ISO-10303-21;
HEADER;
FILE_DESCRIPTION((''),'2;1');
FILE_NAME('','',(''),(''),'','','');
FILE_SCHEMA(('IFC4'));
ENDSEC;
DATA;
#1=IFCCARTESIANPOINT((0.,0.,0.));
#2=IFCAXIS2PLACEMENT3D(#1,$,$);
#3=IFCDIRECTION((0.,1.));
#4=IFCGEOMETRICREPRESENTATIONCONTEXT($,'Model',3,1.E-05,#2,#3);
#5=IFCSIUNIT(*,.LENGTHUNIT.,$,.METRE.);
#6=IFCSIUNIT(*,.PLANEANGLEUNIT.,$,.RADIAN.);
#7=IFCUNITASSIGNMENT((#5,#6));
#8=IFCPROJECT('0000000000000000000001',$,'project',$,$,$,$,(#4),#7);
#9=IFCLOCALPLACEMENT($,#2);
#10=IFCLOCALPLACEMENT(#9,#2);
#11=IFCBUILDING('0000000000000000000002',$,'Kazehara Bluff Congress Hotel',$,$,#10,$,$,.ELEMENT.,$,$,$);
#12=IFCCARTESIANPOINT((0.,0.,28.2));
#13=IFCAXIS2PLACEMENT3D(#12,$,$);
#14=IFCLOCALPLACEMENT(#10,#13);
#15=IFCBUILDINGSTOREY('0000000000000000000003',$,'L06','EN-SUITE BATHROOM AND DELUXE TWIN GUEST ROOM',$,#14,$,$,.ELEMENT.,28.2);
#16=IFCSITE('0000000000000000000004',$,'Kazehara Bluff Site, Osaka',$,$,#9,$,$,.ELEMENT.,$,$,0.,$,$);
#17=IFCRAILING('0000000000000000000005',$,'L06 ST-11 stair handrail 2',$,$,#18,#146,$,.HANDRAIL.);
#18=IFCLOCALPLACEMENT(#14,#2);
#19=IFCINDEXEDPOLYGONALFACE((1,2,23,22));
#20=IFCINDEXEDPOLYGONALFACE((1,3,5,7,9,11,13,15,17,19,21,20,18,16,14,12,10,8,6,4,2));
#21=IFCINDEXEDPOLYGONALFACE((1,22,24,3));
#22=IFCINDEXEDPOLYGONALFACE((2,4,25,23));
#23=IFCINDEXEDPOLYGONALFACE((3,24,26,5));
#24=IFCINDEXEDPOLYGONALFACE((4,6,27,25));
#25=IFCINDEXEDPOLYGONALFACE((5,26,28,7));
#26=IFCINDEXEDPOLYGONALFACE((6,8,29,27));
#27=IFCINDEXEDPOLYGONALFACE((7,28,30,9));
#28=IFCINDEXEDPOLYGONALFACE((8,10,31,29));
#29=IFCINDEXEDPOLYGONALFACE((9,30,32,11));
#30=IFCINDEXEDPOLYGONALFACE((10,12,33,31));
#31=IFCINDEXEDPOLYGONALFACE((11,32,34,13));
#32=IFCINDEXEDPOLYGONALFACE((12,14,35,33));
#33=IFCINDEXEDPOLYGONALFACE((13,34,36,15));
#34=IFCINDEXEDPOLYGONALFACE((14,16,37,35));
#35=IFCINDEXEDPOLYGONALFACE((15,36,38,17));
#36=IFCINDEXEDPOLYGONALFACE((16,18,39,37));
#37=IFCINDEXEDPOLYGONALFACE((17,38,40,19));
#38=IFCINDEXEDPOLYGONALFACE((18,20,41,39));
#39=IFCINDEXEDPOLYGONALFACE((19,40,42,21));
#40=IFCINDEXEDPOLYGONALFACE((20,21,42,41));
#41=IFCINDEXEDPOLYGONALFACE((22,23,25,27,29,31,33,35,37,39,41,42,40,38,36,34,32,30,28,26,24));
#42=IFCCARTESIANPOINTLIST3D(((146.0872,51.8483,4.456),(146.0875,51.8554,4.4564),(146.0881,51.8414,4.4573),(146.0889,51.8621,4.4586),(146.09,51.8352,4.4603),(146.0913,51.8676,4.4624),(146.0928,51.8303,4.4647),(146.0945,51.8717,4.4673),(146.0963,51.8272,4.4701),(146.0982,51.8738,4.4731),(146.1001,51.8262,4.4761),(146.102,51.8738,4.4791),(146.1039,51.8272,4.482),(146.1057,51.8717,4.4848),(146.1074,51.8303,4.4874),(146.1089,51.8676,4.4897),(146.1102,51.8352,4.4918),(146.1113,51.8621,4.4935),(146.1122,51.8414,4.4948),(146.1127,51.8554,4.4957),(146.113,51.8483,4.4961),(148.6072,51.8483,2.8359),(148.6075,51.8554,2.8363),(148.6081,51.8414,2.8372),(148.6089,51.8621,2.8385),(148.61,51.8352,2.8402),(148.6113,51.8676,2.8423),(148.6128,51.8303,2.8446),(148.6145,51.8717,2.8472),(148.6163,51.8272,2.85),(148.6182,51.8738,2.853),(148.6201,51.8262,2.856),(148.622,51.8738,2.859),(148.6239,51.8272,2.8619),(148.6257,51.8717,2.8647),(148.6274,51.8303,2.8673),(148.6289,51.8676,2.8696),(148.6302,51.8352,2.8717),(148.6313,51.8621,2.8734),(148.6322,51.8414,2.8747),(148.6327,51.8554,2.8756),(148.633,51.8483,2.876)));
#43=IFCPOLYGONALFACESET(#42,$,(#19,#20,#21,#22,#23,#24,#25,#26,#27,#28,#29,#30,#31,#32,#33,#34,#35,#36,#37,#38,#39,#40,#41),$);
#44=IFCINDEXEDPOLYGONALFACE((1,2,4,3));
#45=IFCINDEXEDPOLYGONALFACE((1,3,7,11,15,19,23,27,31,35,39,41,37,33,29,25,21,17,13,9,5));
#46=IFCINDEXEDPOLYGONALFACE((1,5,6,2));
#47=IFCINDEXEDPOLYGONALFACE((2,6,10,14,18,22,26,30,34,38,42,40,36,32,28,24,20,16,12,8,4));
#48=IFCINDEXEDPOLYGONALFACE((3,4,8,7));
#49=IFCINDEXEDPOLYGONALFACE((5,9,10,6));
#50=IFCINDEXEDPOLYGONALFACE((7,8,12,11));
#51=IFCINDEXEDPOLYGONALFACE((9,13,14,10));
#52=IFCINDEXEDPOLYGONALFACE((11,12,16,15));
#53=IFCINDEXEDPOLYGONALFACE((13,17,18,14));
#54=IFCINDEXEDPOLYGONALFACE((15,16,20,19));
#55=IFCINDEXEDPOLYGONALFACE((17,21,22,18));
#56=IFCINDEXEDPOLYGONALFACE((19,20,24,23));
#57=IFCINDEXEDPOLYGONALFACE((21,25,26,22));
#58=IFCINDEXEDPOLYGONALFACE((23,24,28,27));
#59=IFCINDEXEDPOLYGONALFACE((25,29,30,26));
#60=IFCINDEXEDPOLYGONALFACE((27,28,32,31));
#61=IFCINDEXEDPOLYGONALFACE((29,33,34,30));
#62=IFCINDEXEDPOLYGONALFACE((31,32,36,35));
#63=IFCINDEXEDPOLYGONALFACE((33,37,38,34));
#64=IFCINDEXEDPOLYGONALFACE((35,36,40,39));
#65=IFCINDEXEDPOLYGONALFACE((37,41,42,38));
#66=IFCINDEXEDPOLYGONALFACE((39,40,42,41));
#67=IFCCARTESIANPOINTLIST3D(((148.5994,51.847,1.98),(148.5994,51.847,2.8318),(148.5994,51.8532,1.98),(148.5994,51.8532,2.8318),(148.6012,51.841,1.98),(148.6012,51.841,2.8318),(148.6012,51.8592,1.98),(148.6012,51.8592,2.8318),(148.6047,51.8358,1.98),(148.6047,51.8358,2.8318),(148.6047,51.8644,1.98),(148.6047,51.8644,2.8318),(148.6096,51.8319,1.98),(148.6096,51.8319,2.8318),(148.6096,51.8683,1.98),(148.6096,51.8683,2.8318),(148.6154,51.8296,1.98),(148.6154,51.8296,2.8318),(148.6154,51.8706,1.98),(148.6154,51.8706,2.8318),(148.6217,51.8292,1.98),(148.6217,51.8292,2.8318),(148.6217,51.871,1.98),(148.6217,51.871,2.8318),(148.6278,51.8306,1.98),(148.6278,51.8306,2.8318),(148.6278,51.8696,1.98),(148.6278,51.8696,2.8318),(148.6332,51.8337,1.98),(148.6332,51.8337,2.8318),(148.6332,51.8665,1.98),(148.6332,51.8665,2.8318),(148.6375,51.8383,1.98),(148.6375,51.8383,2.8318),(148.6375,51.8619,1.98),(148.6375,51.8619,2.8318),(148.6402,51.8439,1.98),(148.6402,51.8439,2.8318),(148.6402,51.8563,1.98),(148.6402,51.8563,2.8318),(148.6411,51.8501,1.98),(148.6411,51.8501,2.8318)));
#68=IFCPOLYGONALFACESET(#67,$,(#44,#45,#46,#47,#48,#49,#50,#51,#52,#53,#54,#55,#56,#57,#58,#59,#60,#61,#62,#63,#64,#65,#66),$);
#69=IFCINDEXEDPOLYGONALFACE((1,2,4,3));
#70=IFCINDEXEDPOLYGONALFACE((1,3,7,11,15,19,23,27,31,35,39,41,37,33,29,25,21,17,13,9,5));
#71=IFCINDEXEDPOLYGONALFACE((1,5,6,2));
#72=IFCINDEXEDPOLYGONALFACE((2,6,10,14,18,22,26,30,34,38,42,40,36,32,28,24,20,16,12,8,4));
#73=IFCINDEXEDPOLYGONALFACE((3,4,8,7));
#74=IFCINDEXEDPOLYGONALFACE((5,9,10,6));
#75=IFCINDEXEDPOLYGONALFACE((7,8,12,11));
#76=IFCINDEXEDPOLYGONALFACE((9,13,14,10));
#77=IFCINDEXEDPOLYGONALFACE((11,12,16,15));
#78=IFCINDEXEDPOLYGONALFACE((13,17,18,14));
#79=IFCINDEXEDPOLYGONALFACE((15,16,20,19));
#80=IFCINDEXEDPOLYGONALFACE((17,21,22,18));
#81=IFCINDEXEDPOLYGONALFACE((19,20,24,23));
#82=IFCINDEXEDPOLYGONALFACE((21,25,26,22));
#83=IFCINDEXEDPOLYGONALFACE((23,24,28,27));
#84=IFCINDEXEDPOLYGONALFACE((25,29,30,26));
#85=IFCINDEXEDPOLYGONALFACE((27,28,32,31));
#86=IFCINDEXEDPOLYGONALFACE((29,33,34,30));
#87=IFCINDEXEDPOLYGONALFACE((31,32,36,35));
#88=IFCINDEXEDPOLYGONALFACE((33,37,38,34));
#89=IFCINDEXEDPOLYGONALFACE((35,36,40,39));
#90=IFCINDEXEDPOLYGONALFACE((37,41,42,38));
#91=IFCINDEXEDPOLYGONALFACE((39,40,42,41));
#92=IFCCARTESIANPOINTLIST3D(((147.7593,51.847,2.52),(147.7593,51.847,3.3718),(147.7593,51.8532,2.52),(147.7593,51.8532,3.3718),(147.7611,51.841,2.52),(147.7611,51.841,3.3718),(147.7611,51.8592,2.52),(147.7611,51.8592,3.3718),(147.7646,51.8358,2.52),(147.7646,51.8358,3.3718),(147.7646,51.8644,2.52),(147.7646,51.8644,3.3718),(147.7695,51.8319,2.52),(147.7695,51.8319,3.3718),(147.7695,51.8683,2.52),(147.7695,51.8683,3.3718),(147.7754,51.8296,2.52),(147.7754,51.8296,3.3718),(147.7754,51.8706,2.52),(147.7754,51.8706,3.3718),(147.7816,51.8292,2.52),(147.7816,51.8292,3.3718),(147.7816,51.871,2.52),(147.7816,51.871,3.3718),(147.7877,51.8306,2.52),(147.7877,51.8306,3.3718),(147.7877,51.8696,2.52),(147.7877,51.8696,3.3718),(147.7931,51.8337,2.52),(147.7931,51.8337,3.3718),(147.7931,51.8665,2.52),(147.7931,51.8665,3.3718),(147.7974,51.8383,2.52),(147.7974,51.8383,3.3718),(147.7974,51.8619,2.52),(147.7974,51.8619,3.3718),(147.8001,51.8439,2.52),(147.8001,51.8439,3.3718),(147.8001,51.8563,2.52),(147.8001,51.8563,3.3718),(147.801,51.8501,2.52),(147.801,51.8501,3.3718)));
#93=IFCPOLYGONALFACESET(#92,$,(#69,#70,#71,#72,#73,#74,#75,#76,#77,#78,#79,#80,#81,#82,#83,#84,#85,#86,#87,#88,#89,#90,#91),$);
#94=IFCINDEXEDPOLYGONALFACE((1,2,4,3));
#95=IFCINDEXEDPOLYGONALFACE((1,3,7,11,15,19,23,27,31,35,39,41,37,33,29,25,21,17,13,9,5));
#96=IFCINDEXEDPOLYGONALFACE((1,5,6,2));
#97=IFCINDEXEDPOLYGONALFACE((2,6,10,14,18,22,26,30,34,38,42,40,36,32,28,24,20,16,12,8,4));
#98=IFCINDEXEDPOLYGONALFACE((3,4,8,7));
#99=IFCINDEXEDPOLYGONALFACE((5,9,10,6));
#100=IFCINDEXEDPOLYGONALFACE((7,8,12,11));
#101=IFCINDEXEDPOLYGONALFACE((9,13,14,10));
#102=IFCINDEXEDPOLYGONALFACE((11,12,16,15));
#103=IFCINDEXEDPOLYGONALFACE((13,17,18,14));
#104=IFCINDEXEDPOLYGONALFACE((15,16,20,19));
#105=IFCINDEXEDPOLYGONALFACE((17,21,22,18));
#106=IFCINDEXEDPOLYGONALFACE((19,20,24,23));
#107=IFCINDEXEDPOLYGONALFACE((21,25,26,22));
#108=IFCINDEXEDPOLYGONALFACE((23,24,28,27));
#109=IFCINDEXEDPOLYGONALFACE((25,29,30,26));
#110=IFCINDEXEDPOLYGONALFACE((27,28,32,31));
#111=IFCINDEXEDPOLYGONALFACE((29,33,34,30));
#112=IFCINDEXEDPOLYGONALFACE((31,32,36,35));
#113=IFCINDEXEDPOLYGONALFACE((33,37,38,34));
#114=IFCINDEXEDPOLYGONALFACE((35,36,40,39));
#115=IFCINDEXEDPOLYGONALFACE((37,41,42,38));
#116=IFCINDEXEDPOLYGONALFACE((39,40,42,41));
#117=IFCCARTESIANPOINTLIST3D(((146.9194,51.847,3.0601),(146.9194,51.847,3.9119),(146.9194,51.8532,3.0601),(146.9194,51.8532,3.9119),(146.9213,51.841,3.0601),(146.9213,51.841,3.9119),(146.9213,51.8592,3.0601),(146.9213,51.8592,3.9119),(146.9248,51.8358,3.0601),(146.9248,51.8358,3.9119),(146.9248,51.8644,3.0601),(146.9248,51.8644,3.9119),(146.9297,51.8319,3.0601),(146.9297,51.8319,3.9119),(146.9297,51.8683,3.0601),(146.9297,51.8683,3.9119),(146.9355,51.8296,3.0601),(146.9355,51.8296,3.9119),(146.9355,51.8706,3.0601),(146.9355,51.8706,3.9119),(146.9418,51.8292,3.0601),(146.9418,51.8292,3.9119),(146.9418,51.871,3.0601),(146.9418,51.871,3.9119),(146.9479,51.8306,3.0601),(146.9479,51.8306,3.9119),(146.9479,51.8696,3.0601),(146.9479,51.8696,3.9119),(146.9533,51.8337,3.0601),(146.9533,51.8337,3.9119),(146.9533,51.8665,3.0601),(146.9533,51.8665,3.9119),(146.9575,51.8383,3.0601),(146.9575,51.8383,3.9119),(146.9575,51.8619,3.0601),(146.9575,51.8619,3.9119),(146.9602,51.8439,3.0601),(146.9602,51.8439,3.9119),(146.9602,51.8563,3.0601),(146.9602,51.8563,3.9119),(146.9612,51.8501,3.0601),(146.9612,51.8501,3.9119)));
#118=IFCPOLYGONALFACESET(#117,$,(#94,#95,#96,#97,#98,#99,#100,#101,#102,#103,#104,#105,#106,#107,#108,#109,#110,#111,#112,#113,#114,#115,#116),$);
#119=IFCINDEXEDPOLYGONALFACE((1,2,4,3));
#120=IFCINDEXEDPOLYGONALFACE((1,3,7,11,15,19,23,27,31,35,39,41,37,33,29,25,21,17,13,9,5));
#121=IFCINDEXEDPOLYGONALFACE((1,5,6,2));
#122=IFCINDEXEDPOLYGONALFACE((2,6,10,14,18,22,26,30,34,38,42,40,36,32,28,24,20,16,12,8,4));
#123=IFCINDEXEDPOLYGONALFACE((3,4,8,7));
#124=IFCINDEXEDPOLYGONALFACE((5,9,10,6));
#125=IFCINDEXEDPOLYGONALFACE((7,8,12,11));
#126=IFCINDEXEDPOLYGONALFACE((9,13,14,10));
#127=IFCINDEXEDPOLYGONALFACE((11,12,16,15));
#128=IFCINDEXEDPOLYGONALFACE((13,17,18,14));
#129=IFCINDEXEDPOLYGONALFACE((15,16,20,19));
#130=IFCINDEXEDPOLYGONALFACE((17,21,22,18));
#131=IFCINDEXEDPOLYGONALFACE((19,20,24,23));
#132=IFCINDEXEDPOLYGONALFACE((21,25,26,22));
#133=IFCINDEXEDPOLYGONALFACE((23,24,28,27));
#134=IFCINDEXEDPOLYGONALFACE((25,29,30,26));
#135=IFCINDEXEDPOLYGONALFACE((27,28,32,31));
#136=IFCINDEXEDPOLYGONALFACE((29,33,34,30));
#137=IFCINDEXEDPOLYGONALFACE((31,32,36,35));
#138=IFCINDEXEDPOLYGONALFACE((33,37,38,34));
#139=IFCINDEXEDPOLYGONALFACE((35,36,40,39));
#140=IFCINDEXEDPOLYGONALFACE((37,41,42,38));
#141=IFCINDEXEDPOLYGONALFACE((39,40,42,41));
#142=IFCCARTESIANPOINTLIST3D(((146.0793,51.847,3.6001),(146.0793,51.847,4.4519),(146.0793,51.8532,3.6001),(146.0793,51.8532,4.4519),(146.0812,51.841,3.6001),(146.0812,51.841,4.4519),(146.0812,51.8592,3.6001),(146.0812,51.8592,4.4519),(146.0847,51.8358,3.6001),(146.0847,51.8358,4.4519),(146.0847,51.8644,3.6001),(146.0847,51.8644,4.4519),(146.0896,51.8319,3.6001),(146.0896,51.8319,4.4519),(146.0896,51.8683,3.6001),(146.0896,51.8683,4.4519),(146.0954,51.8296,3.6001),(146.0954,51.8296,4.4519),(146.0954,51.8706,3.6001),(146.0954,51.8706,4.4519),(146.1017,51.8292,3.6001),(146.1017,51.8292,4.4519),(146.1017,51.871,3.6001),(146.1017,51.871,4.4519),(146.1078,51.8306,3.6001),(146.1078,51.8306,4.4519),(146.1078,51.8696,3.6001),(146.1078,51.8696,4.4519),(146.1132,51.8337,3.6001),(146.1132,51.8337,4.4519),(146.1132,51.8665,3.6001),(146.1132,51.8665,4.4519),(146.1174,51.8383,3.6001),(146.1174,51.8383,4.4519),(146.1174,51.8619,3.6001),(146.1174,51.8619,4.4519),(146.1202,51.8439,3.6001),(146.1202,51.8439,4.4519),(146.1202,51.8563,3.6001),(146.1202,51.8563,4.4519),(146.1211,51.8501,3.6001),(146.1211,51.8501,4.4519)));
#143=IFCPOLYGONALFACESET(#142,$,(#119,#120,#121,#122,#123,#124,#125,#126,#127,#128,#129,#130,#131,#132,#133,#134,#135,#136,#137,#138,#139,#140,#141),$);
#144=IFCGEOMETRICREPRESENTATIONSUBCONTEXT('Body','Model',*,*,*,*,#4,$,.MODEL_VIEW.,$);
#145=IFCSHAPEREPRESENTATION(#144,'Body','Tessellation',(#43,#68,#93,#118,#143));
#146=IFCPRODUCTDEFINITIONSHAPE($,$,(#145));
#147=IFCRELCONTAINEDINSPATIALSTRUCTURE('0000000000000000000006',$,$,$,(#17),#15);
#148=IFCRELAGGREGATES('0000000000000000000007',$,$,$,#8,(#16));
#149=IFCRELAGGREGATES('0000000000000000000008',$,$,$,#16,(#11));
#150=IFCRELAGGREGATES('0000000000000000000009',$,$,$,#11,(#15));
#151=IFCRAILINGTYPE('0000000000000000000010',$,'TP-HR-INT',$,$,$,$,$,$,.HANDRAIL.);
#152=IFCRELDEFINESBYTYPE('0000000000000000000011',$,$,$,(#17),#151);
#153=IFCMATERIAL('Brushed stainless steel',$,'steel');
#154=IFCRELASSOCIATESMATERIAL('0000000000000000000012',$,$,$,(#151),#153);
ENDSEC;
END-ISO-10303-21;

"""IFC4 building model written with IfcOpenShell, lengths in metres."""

from ifc_helpers import new_model, si_unit, direction, frame, origin, origin_2d, place, context, subcontext, project, spatial, circle, extrude, material, type_object, element, save


model = new_model("IFC4")

# Units and contexts
model_context = context("Model", 3, precision=1e-05, world=origin(), true_north=direction((0.0, 1.0)))
body_context = subcontext(model_context, "Body", "Model", "MODEL_VIEW")
ifc_project = project(units=[si_unit("LENGTHUNIT", "METRE"), si_unit("PLANEANGLEUNIT", "RADIAN")], contexts=[model_context])

# Site, building, storey
site_placement = place(None, origin())
site = spatial("IfcSite", under=ifc_project, at=site_placement, Name="Kazehara Bluff Site, Osaka", CompositionType="ELEMENT", RefElevation=0.0)
building_placement = place(site_placement, origin())
building = spatial("IfcBuilding", under=site, at=building_placement, Name="Kazehara Bluff Congress Hotel", CompositionType="ELEMENT")
storey_placement = place(building_placement, frame((0.0, 0.0, 28.2)))
storey = spatial("IfcBuildingStorey", under=building, at=storey_placement, Name="L06", Description="EN-SUITE BATHROOM AND DELUXE TWIN GUEST ROOM", CompositionType="ELEMENT", Elevation=28.2)

# Railing
ifc_material_1 = material(Name="Brushed stainless steel", Category="steel")
railing_type_1 = type_object("IfcRailingType", Name="TP-HR-INT", PredefinedType="HANDRAIL", material=ifc_material_1)
railing_1_placement = place(storey_placement, frame((148.6201, 51.8501, 1.98)))
element("IfcRailing", 1, at=railing_1_placement, inside=storey, type_object=railing_type_1, Name="L06 ST-11 stair handrail 2", PredefinedType="HANDRAIL", context=body_context, shape_type="SweptSolid", body=[
    extrude(circle(Radius=0.0239, at=origin_2d()), frame((0.0, 0.0, 0.876), z_axis=(-0.841163, 0.0, 0.540782), x_axis=(0.0, -1.0, 0.0)), (0.0, 0.0, 1.0), 2.9958),
    extrude(circle(Radius=0.021, at=origin_2d()), origin(), (0.0, 0.0, 1.0), 0.8518),
    extrude(circle(Radius=0.021, at=origin_2d()), frame((-0.8401, 0.0, 0.54)), (0.0, 0.0, 1.0), 0.8518),
    extrude(circle(Radius=0.021, at=origin_2d()), frame((-1.6799, 0.0, 1.0801)), (0.0, 0.0, 1.0), 0.8518),
    extrude(circle(Radius=0.021, at=origin_2d()), frame((-2.52, 0.0, 1.6201)), (0.0, 0.0, 1.0), 0.8518),
])

save(model, "model.ifc")
